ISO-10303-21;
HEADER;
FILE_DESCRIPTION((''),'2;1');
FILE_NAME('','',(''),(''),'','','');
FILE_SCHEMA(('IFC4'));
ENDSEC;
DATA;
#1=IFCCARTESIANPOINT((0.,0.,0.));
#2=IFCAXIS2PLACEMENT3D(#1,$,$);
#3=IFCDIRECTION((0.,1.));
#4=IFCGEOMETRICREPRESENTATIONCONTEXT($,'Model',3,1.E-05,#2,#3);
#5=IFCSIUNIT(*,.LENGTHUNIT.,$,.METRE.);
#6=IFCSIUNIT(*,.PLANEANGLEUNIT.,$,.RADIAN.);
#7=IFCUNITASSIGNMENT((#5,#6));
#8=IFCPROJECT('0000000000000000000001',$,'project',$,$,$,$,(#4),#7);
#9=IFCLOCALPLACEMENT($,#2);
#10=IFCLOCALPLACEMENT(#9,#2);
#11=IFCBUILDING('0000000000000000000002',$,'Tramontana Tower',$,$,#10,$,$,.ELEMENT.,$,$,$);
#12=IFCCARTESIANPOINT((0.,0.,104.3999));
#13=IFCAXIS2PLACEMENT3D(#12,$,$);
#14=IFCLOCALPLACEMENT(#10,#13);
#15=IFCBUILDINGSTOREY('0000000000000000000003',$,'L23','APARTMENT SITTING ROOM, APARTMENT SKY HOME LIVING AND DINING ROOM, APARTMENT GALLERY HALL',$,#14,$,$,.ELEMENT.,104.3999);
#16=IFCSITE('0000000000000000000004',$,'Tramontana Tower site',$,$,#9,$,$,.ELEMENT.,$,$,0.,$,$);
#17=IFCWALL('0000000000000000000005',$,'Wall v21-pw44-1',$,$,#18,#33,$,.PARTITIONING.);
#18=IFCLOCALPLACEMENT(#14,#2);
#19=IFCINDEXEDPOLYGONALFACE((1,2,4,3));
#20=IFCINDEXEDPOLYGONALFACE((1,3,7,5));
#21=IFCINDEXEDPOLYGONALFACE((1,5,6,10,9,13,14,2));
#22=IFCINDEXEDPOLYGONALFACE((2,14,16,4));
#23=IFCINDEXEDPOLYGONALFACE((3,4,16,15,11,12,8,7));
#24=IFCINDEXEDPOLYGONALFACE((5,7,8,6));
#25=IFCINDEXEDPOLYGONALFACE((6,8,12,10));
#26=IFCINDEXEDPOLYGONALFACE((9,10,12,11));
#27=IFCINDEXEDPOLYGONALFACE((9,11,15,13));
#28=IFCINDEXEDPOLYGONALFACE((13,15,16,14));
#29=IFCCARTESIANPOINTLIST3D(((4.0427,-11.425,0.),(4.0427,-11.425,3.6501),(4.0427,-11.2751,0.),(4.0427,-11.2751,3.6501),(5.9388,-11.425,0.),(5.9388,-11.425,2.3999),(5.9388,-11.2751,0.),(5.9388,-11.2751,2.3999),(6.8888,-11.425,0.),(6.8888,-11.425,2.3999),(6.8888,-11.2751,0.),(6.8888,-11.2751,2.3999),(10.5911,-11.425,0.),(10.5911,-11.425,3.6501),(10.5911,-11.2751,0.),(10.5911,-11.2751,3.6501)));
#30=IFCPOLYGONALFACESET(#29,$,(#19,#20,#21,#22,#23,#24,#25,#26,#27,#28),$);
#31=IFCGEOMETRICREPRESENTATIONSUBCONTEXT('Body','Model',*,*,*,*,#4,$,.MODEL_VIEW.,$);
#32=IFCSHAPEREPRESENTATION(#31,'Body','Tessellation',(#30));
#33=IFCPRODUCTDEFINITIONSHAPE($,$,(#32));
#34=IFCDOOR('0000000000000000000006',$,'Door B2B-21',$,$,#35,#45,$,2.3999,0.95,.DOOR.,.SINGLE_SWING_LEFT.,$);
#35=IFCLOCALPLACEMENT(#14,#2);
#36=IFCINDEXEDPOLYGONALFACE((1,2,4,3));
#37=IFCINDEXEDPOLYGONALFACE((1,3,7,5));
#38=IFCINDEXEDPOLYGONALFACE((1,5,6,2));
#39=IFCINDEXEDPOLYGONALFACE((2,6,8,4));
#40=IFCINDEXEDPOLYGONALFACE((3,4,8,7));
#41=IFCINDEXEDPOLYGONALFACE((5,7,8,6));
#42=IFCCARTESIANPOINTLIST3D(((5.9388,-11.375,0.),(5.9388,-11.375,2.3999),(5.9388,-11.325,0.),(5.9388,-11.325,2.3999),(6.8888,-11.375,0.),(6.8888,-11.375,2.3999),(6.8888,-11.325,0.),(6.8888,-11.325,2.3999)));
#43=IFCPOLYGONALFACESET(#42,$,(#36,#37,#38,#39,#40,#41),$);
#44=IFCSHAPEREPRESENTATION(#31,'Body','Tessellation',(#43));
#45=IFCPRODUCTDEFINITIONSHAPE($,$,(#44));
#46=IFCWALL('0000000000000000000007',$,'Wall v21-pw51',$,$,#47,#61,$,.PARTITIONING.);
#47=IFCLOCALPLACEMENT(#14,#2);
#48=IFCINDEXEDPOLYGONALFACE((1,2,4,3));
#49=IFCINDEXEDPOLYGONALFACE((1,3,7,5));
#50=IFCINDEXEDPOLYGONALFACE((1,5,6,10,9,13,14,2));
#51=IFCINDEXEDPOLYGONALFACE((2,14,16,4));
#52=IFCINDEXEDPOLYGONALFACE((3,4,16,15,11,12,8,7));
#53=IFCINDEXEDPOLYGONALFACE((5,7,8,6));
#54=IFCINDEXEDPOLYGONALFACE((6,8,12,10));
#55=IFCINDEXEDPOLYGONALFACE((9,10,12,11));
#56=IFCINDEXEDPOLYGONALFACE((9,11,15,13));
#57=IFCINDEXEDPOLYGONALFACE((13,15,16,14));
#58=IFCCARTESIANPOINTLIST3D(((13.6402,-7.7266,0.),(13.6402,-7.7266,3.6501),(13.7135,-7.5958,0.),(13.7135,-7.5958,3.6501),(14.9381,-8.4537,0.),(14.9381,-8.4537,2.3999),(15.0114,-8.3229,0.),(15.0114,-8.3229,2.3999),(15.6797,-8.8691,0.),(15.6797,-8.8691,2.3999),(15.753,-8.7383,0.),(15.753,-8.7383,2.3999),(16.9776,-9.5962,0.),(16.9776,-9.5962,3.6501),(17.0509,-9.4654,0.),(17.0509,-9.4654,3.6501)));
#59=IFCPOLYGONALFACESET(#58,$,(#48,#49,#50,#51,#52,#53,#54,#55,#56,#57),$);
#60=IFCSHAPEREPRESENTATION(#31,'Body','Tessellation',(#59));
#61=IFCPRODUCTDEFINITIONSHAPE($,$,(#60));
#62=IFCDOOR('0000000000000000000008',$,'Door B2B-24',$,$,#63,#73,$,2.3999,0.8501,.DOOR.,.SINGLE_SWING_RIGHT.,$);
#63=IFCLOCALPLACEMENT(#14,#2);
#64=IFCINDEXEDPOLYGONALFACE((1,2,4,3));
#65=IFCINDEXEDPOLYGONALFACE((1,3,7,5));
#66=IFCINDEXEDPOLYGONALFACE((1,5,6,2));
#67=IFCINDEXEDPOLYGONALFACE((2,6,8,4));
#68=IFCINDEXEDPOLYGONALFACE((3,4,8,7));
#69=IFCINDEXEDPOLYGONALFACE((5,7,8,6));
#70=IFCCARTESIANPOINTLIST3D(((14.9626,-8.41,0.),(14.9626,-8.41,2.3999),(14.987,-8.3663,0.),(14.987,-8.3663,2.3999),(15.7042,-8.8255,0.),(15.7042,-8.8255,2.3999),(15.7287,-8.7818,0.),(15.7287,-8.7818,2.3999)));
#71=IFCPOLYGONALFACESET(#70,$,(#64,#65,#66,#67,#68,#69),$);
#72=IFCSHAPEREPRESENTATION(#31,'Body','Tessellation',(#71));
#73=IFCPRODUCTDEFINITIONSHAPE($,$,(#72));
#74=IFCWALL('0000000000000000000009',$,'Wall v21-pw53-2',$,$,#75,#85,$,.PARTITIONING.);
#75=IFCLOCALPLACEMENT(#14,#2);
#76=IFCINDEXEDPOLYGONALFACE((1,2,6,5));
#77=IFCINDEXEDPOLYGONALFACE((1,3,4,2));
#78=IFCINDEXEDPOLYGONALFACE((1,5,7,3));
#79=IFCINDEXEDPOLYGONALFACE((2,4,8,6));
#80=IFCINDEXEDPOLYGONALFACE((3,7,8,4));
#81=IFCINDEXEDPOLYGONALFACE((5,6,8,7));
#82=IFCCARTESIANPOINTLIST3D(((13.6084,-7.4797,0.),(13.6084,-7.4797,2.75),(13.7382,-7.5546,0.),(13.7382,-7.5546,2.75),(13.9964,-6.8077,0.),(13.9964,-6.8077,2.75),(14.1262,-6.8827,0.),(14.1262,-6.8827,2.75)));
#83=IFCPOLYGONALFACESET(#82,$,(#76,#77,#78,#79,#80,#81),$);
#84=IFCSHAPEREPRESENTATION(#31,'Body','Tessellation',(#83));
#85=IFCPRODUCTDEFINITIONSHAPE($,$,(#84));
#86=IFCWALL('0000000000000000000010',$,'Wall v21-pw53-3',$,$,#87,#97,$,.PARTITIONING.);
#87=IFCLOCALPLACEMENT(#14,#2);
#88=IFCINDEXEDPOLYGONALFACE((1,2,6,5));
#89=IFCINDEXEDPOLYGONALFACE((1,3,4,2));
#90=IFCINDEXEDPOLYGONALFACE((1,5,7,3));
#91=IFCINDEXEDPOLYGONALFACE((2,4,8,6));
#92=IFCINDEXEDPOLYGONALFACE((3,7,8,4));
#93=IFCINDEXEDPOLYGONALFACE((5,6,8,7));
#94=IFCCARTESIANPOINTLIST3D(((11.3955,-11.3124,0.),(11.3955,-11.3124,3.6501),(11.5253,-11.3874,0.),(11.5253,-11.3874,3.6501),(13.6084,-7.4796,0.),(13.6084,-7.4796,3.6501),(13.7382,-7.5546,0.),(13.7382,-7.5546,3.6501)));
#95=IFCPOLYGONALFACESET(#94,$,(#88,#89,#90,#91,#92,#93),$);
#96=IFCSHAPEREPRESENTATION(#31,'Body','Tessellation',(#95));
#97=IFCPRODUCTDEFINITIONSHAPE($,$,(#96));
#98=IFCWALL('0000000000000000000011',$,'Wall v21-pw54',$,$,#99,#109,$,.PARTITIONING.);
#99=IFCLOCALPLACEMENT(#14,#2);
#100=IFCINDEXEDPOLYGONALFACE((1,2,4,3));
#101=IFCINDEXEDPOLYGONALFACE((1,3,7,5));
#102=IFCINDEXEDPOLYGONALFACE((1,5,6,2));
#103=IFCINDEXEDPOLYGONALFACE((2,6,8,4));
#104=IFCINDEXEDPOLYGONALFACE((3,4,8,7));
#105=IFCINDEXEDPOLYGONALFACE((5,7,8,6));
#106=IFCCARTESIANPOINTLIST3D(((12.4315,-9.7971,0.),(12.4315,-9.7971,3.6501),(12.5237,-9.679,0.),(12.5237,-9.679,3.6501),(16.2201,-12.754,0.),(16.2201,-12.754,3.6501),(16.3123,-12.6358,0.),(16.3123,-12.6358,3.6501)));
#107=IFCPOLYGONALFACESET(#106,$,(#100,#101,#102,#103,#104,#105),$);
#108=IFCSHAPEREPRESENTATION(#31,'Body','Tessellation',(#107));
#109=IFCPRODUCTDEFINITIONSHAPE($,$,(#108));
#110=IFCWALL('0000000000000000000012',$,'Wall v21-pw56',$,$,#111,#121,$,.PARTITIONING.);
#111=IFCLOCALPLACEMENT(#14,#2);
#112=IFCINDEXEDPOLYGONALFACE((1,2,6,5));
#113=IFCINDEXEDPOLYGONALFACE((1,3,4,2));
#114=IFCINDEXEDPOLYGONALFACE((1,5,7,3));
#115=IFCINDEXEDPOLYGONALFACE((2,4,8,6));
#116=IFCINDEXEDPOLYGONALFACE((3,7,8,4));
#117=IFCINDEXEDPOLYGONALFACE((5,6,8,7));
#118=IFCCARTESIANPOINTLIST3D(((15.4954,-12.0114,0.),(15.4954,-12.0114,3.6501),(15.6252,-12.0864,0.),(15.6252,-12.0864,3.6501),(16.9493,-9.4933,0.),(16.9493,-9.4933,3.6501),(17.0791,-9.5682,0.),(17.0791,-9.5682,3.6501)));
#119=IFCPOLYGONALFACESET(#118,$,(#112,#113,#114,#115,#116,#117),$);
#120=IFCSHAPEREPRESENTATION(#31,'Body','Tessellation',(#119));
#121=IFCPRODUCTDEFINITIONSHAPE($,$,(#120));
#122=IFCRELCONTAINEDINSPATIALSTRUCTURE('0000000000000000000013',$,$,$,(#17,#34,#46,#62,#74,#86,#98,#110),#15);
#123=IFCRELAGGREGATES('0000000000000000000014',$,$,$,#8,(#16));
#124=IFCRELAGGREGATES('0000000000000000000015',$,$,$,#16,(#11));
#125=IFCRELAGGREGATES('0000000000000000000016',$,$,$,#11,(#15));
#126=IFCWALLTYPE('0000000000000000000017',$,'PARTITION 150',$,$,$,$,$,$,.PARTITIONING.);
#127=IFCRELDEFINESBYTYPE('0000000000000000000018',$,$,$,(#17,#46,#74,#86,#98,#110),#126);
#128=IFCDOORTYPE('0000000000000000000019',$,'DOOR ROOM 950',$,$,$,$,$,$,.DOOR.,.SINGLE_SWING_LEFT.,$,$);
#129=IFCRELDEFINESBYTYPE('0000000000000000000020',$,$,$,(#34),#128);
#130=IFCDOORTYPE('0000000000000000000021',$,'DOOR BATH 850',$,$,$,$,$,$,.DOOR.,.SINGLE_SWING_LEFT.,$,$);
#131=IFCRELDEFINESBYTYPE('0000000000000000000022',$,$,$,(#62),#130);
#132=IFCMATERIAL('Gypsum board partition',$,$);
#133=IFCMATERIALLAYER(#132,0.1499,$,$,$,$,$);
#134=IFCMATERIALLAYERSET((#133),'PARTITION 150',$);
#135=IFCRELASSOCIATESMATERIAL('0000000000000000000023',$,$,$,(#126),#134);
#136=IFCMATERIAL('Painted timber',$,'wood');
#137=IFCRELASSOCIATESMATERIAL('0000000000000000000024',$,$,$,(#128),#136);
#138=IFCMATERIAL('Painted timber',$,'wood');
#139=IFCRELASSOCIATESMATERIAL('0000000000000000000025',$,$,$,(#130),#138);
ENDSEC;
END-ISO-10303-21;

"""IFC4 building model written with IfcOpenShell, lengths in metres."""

from ifc_helpers import new_model, si_unit, direction, frame, frame_2d, origin, place, context, subcontext, project, spatial, rectangle, extrude, material, layer, layer_set, type_object, element, fill, save


model = new_model("IFC4")

# Units and contexts
model_context = context("Model", 3, precision=1e-05, world=origin(), true_north=direction((0.0, 1.0)))
body_context = subcontext(model_context, "Body", "Model", "MODEL_VIEW")
ifc_project = project(units=[si_unit("LENGTHUNIT", "METRE"), si_unit("PLANEANGLEUNIT", "RADIAN")], contexts=[model_context])

# Site, building, storey
site_placement = place(None, origin())
site = spatial("IfcSite", under=ifc_project, at=site_placement, Name="Tramontana Tower site", CompositionType="ELEMENT", RefElevation=0.0)
building_placement = place(site_placement, origin())
building = spatial("IfcBuilding", under=site, at=building_placement, Name="Tramontana Tower", CompositionType="ELEMENT")
storey_placement = place(building_placement, frame((0.0, 0.0, 104.3999)))
storey = spatial("IfcBuildingStorey", under=building, at=storey_placement, Name="L23", Description="APARTMENT SITTING ROOM, APARTMENT SKY HOME LIVING AND DINING ROOM, APARTMENT GALLERY HALL", CompositionType="ELEMENT", Elevation=104.3999)

# Shared definitions
ifc_material_1 = material(Name="Gypsum board partition")
ifc_layer_1 = layer(ifc_material_1, 0.1499)
ifc_layer_set_1 = layer_set([ifc_layer_1], Name="PARTITION 150")
wall_type_1 = type_object("IfcWallType", Name="PARTITION 150", PredefinedType="PARTITIONING", material=ifc_layer_set_1)

# Walls, openings, doors
wall_1_placement = place(storey_placement, frame((10.5911, -11.3501, 0.0), z_axis=(0.0, 0.0, 1.0), x_axis=(-1.0, 0.0, 0.0)))
wall_1 = element("IfcWall", 1, at=wall_1_placement, inside=storey, type_object=wall_type_1, Name="Wall v21-pw44-1", PredefinedType="PARTITIONING", context=body_context, shape_type="SweptSolid", body=[
    extrude(rectangle(XDim=6.5483, YDim=0.1499, at=frame_2d((3.2742, 0.0))), origin(), (0.0, 0.0, 1.0), 3.6501),
])
opening_1_placement = place(wall_1_placement, frame((3.7021, 0.0, 0.0)))
opening_1 = element("IfcOpeningElement", 2, at=opening_1_placement, cuts=wall_1, PredefinedType="OPENING", context=body_context, shape_type="SweptSolid", body=[
    extrude(rectangle(XDim=0.95, YDim=2.3999, at=frame_2d((0.4751, 1.2))), frame((0.0, 0.085, 0.0), z_axis=(0.0, -1.0, 0.0), x_axis=(1.0, 0.0, 0.0)), (0.0, 0.0, 1.0), 0.1699),
])
ifc_material_2 = material(Name="Painted timber", Category="wood")
door_type_1 = type_object("IfcDoorType", Name="DOOR ROOM 950", OperationType="SINGLE_SWING_LEFT", PredefinedType="DOOR", material=ifc_material_2)
door_1_placement = place(opening_1_placement, origin())
door_1 = element("IfcDoor", 3, at=door_1_placement, inside=storey, type_object=door_type_1, Name="Door B2B-21", OperationType="SINGLE_SWING_LEFT", OverallHeight=2.3999, OverallWidth=0.95, PredefinedType="DOOR", context=body_context, shape_type="SweptSolid", body=[
    extrude(rectangle(XDim=0.95, YDim=2.3999, at=frame_2d((0.4751, 1.2))), frame((0.0, 0.0249, 0.0), z_axis=(0.0, -1.0, 0.0), x_axis=(1.0, 0.0, 0.0)), (0.0, 0.0, 1.0), 0.05),
])
fill(opening_1, door_1)
wall_2_placement = place(storey_placement, frame((17.0142, -9.5308, 0.0), z_axis=(0.0, 0.0, 1.0), x_axis=(-0.87243, 0.488739, 0.0)))
wall_2 = element("IfcWall", 4, at=wall_2_placement, inside=storey, type_object=wall_type_1, Name="Wall v21-pw51", PredefinedType="PARTITIONING", context=body_context, shape_type="SweptSolid", body=[
    extrude(rectangle(XDim=3.8254, YDim=0.1499, at=frame_2d((1.9126, 0.0))), origin(), (0.0, 0.0, 1.0), 3.6501),
])
opening_2_placement = place(wall_2_placement, frame((1.4875, 0.0, 0.0)))
opening_2 = element("IfcOpeningElement", 5, at=opening_2_placement, cuts=wall_2, PredefinedType="OPENING", context=body_context, shape_type="SweptSolid", body=[
    extrude(rectangle(XDim=0.8501, YDim=2.3999, at=frame_2d((0.425, 1.2))), frame((0.0, 0.085, 0.0), z_axis=(0.0, -1.0, 0.0), x_axis=(1.0, 0.0, 0.0)), (0.0, 0.0, 1.0), 0.1699),
])
ifc_material_3 = material(Name="Painted timber", Category="wood")
door_type_2 = type_object("IfcDoorType", Name="DOOR BATH 850", OperationType="SINGLE_SWING_LEFT", PredefinedType="DOOR", material=ifc_material_3)
door_2_placement = place(opening_2_placement, origin())
door_2 = element("IfcDoor", 6, at=door_2_placement, inside=storey, type_object=door_type_2, Name="Door B2B-24", OperationType="SINGLE_SWING_RIGHT", OverallHeight=2.3999, OverallWidth=0.8501, PredefinedType="DOOR", context=body_context, shape_type="SweptSolid", body=[
    extrude(rectangle(XDim=0.8501, YDim=2.3999, at=frame_2d((0.425, 1.2))), frame((0.0, 0.0249, 0.0), z_axis=(0.0, -1.0, 0.0), x_axis=(1.0, 0.0, 0.0)), (0.0, 0.0, 1.0), 0.05),
])
fill(opening_2, door_2)

# Walls
wall_3_placement = place(storey_placement, frame((14.0613, -6.8452, 0.0), z_axis=(0.0, 0.0, 1.0), x_axis=(-0.500031, -0.866007, 0.0)))
element("IfcWall", 7, at=wall_3_placement, inside=storey, type_object=wall_type_1, Name="Wall v21-pw53-2", PredefinedType="PARTITIONING", context=body_context, shape_type="SweptSolid", body=[
    extrude(rectangle(XDim=0.7759, YDim=0.1499, at=frame_2d((0.3879, 0.0))), origin(), (0.0, 0.0, 1.0), 2.75),
])
wall_4_placement = place(storey_placement, frame((13.6733, -7.5171, 0.0), z_axis=(0.0, 0.0, 1.0), x_axis=(-0.500007, -0.866021, 0.0)))
element("IfcWall", 8, at=wall_4_placement, inside=storey, type_object=wall_type_1, Name="Wall v21-pw53-3", PredefinedType="PARTITIONING", context=body_context, shape_type="SweptSolid", body=[
    extrude(rectangle(XDim=4.4258, YDim=0.1499, at=frame_2d((2.2129, 0.0))), origin(), (0.0, 0.0, 1.0), 3.6501),
])
wall_5_placement = place(storey_placement, frame((16.2661, -12.6948, 0.0), z_axis=(0.0, 0.0, 1.0), x_axis=(-0.788331, 0.615252, 0.0)))
element("IfcWall", 9, at=wall_5_placement, inside=storey, type_object=wall_type_1, Name="Wall v21-pw54", PredefinedType="PARTITIONING", context=body_context, shape_type="SweptSolid", body=[
    extrude(rectangle(XDim=4.8059, YDim=0.1499, at=frame_2d((2.4028, 0.0))), origin(), (0.0, 0.0, 1.0), 3.6501),
])
wall_6_placement = place(storey_placement, frame((17.0142, -9.5308, 0.0), z_axis=(0.0, 0.0, 1.0), x_axis=(-0.500013, -0.866018, 0.0)))
element("IfcWall", 10, at=wall_6_placement, inside=storey, type_object=wall_type_1, Name="Wall v21-pw56", PredefinedType="PARTITIONING", context=body_context, shape_type="SweptSolid", body=[
    extrude(rectangle(XDim=2.9077, YDim=0.1499, at=frame_2d((1.4539, 0.0))), origin(), (0.0, 0.0, 1.0), 3.6501),
])

save(model, "model.ifc")
